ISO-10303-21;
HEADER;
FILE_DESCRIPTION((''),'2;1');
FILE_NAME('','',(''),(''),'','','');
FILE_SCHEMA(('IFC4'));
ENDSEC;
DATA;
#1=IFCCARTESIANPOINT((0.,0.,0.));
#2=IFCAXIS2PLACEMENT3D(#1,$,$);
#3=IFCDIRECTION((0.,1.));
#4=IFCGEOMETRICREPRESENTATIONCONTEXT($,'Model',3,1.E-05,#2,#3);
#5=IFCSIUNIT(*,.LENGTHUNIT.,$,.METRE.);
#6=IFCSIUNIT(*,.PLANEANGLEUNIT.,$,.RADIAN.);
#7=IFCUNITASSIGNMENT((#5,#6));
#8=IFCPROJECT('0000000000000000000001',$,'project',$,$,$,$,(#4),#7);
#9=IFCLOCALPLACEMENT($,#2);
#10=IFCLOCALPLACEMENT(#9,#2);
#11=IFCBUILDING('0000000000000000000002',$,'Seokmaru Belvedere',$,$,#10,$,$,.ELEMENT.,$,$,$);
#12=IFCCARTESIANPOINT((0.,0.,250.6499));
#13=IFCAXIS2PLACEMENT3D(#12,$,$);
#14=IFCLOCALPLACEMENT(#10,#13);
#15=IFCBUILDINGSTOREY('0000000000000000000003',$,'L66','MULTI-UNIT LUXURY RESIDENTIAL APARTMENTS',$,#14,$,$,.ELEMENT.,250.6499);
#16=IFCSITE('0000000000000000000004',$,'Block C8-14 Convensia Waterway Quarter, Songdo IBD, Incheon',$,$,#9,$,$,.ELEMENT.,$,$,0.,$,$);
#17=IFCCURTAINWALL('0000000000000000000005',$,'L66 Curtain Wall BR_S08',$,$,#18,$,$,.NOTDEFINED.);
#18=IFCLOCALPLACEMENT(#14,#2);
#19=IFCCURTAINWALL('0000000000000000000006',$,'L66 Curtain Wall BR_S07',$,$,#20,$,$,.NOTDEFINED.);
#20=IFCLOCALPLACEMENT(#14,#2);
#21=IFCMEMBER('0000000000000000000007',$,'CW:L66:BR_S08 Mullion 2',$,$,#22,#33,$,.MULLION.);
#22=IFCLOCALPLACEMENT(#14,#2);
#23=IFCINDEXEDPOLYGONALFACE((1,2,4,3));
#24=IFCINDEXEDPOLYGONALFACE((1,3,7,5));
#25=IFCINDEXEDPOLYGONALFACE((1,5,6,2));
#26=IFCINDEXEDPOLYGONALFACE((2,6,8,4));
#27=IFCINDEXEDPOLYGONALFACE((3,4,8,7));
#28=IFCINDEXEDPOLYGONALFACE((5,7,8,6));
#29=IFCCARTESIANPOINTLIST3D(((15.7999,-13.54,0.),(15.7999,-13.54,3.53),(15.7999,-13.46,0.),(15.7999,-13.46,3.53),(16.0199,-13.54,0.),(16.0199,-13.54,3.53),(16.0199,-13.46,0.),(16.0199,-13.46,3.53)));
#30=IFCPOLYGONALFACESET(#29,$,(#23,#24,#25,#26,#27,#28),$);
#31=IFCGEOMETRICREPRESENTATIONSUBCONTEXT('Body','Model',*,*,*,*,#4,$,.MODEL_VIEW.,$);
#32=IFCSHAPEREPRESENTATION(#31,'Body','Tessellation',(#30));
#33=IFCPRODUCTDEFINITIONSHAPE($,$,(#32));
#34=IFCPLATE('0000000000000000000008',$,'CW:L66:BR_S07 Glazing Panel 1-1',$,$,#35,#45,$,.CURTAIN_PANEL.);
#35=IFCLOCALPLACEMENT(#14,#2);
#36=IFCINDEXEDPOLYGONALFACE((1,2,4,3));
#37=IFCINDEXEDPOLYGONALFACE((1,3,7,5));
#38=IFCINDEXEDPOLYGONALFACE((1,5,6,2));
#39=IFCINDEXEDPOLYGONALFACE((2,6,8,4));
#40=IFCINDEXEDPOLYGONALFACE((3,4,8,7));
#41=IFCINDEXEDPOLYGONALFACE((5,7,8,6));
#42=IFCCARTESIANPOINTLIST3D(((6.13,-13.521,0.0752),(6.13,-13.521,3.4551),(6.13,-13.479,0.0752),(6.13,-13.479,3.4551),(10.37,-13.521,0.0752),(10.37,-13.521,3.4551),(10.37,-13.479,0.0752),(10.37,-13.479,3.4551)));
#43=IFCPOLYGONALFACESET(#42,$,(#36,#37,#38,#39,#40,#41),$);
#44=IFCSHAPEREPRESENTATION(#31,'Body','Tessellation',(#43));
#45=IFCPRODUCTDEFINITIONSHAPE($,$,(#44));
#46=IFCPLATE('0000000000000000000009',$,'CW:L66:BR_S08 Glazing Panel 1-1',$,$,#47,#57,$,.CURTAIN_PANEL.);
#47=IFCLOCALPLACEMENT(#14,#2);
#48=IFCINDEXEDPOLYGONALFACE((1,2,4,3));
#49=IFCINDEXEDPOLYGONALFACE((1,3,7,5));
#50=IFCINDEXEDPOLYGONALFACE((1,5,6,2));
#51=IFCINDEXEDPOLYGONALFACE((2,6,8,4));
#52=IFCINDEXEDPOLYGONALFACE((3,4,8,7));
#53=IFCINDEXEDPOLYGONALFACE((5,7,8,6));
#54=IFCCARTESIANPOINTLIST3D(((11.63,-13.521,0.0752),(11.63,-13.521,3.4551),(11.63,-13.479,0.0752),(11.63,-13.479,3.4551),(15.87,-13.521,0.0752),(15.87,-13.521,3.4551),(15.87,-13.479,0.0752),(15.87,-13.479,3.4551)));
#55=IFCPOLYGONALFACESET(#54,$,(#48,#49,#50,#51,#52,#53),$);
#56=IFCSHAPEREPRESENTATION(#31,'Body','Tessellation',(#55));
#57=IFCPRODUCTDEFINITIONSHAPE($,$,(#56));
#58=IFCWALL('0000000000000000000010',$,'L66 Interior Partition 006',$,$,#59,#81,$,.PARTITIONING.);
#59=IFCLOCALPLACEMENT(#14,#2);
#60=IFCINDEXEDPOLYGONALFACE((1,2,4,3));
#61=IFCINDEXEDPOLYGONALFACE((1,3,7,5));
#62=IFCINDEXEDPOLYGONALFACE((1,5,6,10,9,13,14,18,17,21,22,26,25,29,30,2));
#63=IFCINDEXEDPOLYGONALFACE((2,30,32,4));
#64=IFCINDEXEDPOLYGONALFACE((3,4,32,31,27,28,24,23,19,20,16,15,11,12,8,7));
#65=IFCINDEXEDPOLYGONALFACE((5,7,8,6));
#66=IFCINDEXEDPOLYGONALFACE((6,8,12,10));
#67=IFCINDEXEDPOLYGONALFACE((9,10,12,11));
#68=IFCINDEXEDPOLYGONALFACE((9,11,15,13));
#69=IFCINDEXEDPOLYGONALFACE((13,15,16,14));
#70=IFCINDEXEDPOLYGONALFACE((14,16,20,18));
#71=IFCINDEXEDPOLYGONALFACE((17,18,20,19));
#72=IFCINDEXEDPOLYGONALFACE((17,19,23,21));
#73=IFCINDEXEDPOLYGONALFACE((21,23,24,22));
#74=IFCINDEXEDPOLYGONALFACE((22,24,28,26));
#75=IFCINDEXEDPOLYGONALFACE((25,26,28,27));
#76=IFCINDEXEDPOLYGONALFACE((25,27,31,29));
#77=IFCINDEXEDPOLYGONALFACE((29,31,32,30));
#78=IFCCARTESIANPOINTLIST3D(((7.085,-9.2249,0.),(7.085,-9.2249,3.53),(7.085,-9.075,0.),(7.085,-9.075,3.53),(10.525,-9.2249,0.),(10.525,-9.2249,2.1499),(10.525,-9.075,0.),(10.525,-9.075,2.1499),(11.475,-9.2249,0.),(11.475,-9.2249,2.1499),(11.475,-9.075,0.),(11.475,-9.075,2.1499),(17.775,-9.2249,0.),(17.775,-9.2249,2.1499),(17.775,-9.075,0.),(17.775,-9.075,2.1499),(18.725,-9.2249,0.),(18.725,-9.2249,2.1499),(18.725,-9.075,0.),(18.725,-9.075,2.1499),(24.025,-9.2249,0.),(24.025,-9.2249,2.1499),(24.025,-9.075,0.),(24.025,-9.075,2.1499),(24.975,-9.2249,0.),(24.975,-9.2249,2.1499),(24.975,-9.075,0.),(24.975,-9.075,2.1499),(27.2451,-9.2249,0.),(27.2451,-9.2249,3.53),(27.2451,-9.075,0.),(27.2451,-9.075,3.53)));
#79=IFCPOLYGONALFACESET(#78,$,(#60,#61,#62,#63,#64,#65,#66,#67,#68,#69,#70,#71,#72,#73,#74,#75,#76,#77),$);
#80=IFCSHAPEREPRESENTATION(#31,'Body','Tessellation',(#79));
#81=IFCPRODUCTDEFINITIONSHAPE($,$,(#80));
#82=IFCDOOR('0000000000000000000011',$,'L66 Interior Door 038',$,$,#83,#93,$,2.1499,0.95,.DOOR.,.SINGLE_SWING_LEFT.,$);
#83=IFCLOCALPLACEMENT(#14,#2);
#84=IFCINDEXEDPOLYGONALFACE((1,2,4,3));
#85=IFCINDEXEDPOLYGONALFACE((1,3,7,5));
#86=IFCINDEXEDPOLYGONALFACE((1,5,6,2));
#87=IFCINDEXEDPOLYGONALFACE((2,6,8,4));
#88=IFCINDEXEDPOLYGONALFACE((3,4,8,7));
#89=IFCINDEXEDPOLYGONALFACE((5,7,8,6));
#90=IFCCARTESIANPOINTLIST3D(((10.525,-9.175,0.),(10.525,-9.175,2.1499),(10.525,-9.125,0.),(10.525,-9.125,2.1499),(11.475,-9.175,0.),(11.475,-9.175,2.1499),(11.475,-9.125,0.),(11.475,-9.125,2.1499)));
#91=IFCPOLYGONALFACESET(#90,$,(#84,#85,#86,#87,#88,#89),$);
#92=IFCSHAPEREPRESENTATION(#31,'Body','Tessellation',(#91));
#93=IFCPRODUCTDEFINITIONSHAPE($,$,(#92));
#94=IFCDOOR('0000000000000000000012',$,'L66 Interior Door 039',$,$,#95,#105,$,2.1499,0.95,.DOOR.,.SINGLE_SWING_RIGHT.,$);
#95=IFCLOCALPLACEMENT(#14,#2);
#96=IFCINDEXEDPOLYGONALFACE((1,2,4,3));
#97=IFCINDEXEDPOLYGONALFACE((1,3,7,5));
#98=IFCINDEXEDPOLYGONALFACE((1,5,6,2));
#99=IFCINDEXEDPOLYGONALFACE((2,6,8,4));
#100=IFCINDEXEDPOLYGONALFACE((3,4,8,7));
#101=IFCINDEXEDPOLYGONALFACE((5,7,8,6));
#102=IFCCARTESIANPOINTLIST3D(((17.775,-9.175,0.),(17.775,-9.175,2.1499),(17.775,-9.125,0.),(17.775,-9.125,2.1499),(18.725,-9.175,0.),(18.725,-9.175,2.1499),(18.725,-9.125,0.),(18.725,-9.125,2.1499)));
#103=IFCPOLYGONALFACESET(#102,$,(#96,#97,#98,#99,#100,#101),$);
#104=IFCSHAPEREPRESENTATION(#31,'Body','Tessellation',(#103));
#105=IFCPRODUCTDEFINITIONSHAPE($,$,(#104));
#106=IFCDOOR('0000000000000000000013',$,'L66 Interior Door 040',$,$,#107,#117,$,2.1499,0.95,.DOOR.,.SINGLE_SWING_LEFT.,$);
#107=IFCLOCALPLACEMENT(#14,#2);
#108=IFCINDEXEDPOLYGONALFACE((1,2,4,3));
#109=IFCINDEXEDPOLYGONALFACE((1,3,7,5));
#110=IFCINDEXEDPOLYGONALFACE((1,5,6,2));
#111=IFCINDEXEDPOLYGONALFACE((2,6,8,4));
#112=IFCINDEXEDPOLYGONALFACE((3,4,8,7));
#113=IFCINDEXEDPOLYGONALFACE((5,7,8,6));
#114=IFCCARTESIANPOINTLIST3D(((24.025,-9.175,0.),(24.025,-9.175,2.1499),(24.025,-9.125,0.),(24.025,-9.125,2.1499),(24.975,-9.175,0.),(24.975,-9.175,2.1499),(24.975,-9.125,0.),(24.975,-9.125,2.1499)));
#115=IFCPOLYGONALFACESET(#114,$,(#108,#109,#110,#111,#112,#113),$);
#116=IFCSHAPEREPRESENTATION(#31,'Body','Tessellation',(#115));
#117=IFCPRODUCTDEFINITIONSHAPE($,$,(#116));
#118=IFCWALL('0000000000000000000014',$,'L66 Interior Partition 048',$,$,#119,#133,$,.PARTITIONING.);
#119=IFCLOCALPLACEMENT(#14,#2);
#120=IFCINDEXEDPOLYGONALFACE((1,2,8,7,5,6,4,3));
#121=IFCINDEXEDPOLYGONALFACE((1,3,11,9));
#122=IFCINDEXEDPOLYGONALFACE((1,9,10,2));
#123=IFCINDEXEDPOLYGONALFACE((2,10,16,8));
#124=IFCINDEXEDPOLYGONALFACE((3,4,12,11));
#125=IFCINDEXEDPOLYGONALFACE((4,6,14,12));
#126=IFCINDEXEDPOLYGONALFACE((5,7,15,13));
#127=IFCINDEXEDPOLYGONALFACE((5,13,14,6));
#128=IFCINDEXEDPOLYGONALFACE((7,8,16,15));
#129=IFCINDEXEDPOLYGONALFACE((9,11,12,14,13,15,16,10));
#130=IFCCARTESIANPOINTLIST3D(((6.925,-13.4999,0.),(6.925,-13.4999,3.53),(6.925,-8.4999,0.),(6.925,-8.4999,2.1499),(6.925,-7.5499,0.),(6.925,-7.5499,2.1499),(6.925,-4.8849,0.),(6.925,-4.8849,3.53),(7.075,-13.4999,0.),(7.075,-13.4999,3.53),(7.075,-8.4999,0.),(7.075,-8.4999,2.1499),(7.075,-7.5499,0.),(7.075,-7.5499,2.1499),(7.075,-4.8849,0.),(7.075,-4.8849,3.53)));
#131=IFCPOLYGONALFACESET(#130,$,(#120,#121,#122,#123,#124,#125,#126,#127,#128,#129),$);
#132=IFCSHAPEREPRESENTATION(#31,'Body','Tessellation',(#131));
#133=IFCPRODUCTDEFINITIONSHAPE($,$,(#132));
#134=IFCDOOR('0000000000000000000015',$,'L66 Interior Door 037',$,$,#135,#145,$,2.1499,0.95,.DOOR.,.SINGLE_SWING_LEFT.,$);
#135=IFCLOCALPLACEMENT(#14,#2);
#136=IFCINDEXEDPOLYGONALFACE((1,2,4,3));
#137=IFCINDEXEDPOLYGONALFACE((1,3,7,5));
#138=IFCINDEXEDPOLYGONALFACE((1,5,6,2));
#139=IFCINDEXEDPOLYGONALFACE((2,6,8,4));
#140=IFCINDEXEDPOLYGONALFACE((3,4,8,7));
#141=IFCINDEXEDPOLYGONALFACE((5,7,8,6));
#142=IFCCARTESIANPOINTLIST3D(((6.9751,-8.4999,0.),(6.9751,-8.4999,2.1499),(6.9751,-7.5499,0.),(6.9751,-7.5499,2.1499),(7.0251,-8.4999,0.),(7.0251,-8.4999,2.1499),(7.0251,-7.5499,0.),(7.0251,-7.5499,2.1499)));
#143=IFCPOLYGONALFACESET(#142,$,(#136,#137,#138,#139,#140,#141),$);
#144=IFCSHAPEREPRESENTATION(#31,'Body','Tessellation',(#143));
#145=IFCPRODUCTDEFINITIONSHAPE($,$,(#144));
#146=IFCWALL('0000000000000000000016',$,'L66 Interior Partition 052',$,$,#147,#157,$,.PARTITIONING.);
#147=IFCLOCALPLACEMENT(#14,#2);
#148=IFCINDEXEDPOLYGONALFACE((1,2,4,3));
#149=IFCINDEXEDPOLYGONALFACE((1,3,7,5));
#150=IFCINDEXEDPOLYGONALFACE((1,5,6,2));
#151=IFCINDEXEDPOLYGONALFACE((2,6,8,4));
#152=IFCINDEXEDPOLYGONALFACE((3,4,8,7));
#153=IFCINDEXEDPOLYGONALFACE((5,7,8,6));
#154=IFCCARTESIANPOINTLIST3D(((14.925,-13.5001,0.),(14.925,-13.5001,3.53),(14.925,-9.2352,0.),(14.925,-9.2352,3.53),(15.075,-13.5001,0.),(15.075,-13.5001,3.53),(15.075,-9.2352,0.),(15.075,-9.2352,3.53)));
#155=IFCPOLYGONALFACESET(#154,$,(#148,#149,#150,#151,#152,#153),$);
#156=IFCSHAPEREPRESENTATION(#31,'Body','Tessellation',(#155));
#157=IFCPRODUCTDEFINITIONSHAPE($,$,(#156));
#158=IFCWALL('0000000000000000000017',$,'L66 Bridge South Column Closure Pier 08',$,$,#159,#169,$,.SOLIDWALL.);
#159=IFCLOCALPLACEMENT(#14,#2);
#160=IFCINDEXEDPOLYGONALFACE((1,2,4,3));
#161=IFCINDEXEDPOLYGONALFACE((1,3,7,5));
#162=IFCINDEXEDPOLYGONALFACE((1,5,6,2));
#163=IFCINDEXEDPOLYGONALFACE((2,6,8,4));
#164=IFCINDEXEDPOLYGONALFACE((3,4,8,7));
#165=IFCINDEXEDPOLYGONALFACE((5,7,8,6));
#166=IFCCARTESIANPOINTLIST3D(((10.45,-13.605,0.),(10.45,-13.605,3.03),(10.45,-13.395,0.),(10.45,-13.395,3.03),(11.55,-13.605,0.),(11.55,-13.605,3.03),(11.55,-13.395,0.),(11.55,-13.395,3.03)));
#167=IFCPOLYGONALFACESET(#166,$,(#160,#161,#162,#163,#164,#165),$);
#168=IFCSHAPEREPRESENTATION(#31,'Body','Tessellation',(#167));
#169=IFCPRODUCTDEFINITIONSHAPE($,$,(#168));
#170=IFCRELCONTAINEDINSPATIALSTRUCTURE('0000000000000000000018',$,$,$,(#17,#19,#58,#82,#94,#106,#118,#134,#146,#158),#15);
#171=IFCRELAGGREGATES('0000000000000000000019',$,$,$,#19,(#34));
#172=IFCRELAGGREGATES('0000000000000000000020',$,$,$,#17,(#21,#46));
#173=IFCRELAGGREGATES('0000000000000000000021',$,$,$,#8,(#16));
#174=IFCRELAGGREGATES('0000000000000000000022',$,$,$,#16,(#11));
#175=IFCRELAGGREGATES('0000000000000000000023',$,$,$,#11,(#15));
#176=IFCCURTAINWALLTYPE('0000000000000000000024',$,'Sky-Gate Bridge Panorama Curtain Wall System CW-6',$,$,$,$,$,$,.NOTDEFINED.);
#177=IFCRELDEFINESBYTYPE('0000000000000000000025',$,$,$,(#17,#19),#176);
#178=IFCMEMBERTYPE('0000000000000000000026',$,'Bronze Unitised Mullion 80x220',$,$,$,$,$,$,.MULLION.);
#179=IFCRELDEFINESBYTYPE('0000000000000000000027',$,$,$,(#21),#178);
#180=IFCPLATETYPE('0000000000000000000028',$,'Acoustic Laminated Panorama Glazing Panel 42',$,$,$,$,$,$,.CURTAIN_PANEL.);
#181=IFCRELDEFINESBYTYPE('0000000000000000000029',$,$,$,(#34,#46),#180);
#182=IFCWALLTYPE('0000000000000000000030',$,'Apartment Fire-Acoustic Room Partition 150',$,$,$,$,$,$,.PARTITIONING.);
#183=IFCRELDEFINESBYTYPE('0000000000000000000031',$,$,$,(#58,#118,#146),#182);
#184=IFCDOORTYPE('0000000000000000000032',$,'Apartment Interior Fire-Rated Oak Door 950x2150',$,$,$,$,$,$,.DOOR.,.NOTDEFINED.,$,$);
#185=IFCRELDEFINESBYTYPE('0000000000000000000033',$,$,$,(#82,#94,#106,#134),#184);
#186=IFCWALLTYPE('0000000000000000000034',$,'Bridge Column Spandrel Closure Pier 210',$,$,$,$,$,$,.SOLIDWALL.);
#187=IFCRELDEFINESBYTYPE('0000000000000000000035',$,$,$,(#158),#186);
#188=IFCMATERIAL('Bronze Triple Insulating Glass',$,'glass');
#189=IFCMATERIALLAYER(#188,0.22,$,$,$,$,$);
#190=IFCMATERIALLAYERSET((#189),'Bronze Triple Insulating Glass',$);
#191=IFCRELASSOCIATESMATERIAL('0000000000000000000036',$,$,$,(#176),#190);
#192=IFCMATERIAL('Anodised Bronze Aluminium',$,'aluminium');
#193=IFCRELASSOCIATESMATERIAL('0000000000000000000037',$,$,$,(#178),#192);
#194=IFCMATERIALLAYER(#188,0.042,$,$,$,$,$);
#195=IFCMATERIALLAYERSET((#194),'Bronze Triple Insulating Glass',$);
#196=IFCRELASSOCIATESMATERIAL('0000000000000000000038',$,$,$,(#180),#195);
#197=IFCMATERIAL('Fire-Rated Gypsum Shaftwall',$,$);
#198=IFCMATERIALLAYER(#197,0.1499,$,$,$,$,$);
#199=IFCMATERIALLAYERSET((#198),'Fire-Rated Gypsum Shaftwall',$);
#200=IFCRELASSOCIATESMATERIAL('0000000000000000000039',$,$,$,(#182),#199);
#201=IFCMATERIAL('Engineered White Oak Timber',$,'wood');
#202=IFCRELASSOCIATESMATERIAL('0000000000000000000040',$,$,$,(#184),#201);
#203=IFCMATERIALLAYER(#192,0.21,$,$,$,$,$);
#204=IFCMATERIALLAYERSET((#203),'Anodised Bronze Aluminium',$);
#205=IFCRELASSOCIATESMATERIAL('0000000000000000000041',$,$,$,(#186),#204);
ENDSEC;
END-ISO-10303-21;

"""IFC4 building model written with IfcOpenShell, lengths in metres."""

from ifc_helpers import new_model, si_unit, direction, frame, frame_2d, origin, origin_2d, place, context, subcontext, project, spatial, rectangle, extrude, source, transform, mapped, material, layer, layer_set, material_profile, profile_set, type_object, type_shapes, element, fill, aggregate, save


model = new_model("IFC4")

# Units and contexts
model_context = context("Model", 3, precision=1e-05, world=origin(), true_north=direction((0.0, 1.0)))
body_context = subcontext(model_context, "Body", "Model", "MODEL_VIEW")
ifc_project = project(units=[si_unit("LENGTHUNIT", "METRE"), si_unit("PLANEANGLEUNIT", "RADIAN")], contexts=[model_context])

# Site, building, storey
site_placement = place(None, origin())
site = spatial("IfcSite", under=ifc_project, at=site_placement, Name="Block C8-14 Convensia Waterway Quarter, Songdo IBD, Incheon", CompositionType="ELEMENT", RefElevation=0.0)
building_placement = place(site_placement, origin())
building = spatial("IfcBuilding", under=site, at=building_placement, Name="Seokmaru Belvedere", CompositionType="ELEMENT")
storey_placement = place(building_placement, frame((0.0, 0.0, 250.6499)))
storey = spatial("IfcBuildingStorey", under=building, at=storey_placement, Name="L66", Description="MULTI-UNIT LUXURY RESIDENTIAL APARTMENTS", CompositionType="ELEMENT", Elevation=250.6499)

# Curtain wall
ifc_material_1 = material(Name="Bronze Triple Insulating Glass", Category="glass")
ifc_layer_1 = layer(ifc_material_1, 0.22)
ifc_layer_set_1 = layer_set([ifc_layer_1], Name="Bronze Triple Insulating Glass")
curtain_wall_type = type_object("IfcCurtainWallType", Name="Sky-Gate Bridge Panorama Curtain Wall System CW-6", PredefinedType="NOTDEFINED", material=ifc_layer_set_1)
curtain_wall_1_placement = place(storey_placement, origin())
curtain_wall_1 = element("IfcCurtainWall", 1, at=curtain_wall_1_placement, inside=storey, type_object=curtain_wall_type, Name="L66 Curtain Wall BR_S08", PredefinedType="NOTDEFINED")
ifc_material_2 = material(Name="Anodised Bronze Aluminium", Category="aluminium")

# Curtain wall
curtain_wall_2_placement = place(storey_placement, origin())
curtain_wall_2 = element("IfcCurtainWall", 2, at=curtain_wall_2_placement, inside=storey, type_object=curtain_wall_type, Name="L66 Curtain Wall BR_S07", PredefinedType="NOTDEFINED")
ifc_material_profile_1 = material_profile(ifc_material_2, rectangle(XDim=0.0801, YDim=0.22, at=origin_2d()), Name="CW-M-80x220")
ifc_profile_set_1 = profile_set([ifc_material_profile_1], Name="Anodised Bronze Aluminium")
member_type_1 = type_object("IfcMemberType", Name="Bronze Unitised Mullion 80x220", PredefinedType="MULLION", material=ifc_profile_set_1)
shared_shape_1 = source(origin(), body_context, "Body", "SweptSolid", [
    extrude(rectangle(XDim=0.0801, YDim=0.22, at=origin_2d()), origin(), (0.0, 0.0, 1.0), 3.53),
])
type_shapes(member_type_1, [shared_shape_1])

# Member
member_1_placement = place(storey_placement, frame((15.9099, -13.5, 0.0), z_axis=(0.0, 0.0, 1.0), x_axis=(0.0, 1.0, 0.0)))
member_1 = element("IfcMember", 3, at=member_1_placement, type_object=member_type_1, Name="CW:L66:BR_S08 Mullion 2", PredefinedType="MULLION", context=body_context, shape_type="MappedRepresentation", body=[
    mapped(shared_shape_1, transform((0.0, 0.0, 0.0), scale=1.0)),
])

# Plates
ifc_layer_2 = layer(ifc_material_1, 0.042)
ifc_layer_set_2 = layer_set([ifc_layer_2], Name="Bronze Triple Insulating Glass")
plate_type = type_object("IfcPlateType", Name="Acoustic Laminated Panorama Glazing Panel 42", PredefinedType="CURTAIN_PANEL", material=ifc_layer_set_2)
shared_shape_2 = source(origin(), body_context, "Body", "SweptSolid", [
    extrude(rectangle(XDim=4.24, YDim=0.042, at=origin_2d()), origin(), (0.0, 0.0, 1.0), 3.3799),
])
type_shapes(plate_type, [shared_shape_2])
plate_1_placement = place(storey_placement, frame((8.25, -13.5, 0.0752), z_axis=(0.0, 0.0, 1.0), x_axis=(1.0, 0.0, 0.0)))
plate_1 = element("IfcPlate", 4, at=plate_1_placement, type_object=plate_type, Name="CW:L66:BR_S07 Glazing Panel 1-1", PredefinedType="CURTAIN_PANEL", context=body_context, shape_type="MappedRepresentation", body=[
    mapped(shared_shape_2, transform((0.0, 0.0, 0.0), scale=1.0)),
])
aggregate(curtain_wall_2, [plate_1])
plate_2_placement = place(storey_placement, frame((13.75, -13.5, 0.0752), z_axis=(0.0, 0.0, 1.0), x_axis=(1.0, 0.0, 0.0)))
plate_2 = element("IfcPlate", 5, at=plate_2_placement, type_object=plate_type, Name="CW:L66:BR_S08 Glazing Panel 1-1", PredefinedType="CURTAIN_PANEL", context=body_context, shape_type="MappedRepresentation", body=[
    mapped(shared_shape_2, transform((0.0, 0.0, 0.0), scale=1.0)),
])
aggregate(curtain_wall_1, [member_1, plate_2])

# Wall, openings, doors
ifc_material_3 = material(Name="Fire-Rated Gypsum Shaftwall")
ifc_layer_3 = layer(ifc_material_3, 0.1499)
ifc_layer_set_3 = layer_set([ifc_layer_3], Name="Fire-Rated Gypsum Shaftwall")
wall_type_1 = type_object("IfcWallType", Name="Apartment Fire-Acoustic Room Partition 150", PredefinedType="PARTITIONING", material=ifc_layer_set_3)
wall_1_placement = place(storey_placement, frame((7.085, -9.1499, 0.0), z_axis=(0.0, 0.0, 1.0), x_axis=(1.0, 0.0, 0.0)))
wall_1 = element("IfcWall", 6, at=wall_1_placement, inside=storey, type_object=wall_type_1, Name="L66 Interior Partition 006", PredefinedType="PARTITIONING", context=body_context, shape_type="SweptSolid", body=[
    extrude(rectangle(XDim=20.1602, YDim=0.1499, at=frame_2d((10.0801, 0.0))), origin(), (0.0, 0.0, 1.0), 3.53),
])
opening_1_placement = place(wall_1_placement, frame((3.4399, 0.0, 0.0)))
opening_1 = element("IfcOpeningElement", 7, at=opening_1_placement, cuts=wall_1, PredefinedType="OPENING", context=body_context, shape_type="SweptSolid", body=[
    extrude(rectangle(XDim=0.95, YDim=2.1499, at=frame_2d((0.4751, 1.075))), frame((0.0, 0.085, 0.0), z_axis=(0.0, -1.0, 0.0), x_axis=(1.0, 0.0, 0.0)), (0.0, 0.0, 1.0), 0.1699),
])
opening_2_placement = place(wall_1_placement, frame((10.6899, 0.0, 0.0)))
opening_2 = element("IfcOpeningElement", 8, at=opening_2_placement, cuts=wall_1, PredefinedType="OPENING", context=body_context, shape_type="SweptSolid", body=[
    extrude(rectangle(XDim=0.95, YDim=2.1499, at=frame_2d((0.4751, 1.075))), frame((0.0, 0.085, 0.0), z_axis=(0.0, -1.0, 0.0), x_axis=(1.0, 0.0, 0.0)), (0.0, 0.0, 1.0), 0.1699),
])
opening_3_placement = place(wall_1_placement, frame((16.9399, 0.0, 0.0)))
opening_3 = element("IfcOpeningElement", 9, at=opening_3_placement, cuts=wall_1, PredefinedType="OPENING", context=body_context, shape_type="SweptSolid", body=[
    extrude(rectangle(XDim=0.95, YDim=2.1499, at=frame_2d((0.4751, 1.075))), frame((0.0, 0.085, 0.0), z_axis=(0.0, -1.0, 0.0), x_axis=(1.0, 0.0, 0.0)), (0.0, 0.0, 1.0), 0.1699),
])
ifc_material_4 = material(Name="Engineered White Oak Timber", Category="wood")
door_type_1 = type_object("IfcDoorType", Name="Apartment Interior Fire-Rated Oak Door 950x2150", OperationType="NOTDEFINED", PredefinedType="DOOR", material=ifc_material_4)
shared_shape_3 = source(origin(), body_context, "Body", "SweptSolid", [
    extrude(rectangle(XDim=0.95, YDim=2.1499, at=frame_2d((0.4751, 1.075))), frame((0.0, 0.0249, 0.0), z_axis=(0.0, -1.0, 0.0), x_axis=(1.0, 0.0, 0.0)), (0.0, 0.0, 1.0), 0.05),
])
type_shapes(door_type_1, [shared_shape_3])
door_1_placement = place(opening_1_placement, origin())
door_1 = element("IfcDoor", 10, at=door_1_placement, inside=storey, type_object=door_type_1, Name="L66 Interior Door 038", OperationType="SINGLE_SWING_LEFT", OverallHeight=2.1499, OverallWidth=0.95, PredefinedType="DOOR", context=body_context, shape_type="MappedRepresentation", body=[
    mapped(shared_shape_3, transform((0.0, 0.0, 0.0), scale=1.0)),
])
fill(opening_1, door_1)
door_2_placement = place(opening_2_placement, origin())
door_2 = element("IfcDoor", 11, at=door_2_placement, inside=storey, type_object=door_type_1, Name="L66 Interior Door 039", OperationType="SINGLE_SWING_RIGHT", OverallHeight=2.1499, OverallWidth=0.95, PredefinedType="DOOR", context=body_context, shape_type="MappedRepresentation", body=[
    mapped(shared_shape_3, transform((0.0, 0.0, 0.0), scale=1.0)),
])
fill(opening_2, door_2)
door_3_placement = place(opening_3_placement, origin())
door_3 = element("IfcDoor", 12, at=door_3_placement, inside=storey, type_object=door_type_1, Name="L66 Interior Door 040", OperationType="SINGLE_SWING_LEFT", OverallHeight=2.1499, OverallWidth=0.95, PredefinedType="DOOR", context=body_context, shape_type="MappedRepresentation", body=[
    mapped(shared_shape_3, transform((0.0, 0.0, 0.0), scale=1.0)),
])
fill(opening_3, door_3)

# Wall, opening, door
wall_2_placement = place(storey_placement, frame((7.0, -13.5, 0.0), z_axis=(0.0, 0.0, 1.0), x_axis=(0.0, 1.0, 0.0)))
wall_2 = element("IfcWall", 13, at=wall_2_placement, inside=storey, type_object=wall_type_1, Name="L66 Interior Partition 048", PredefinedType="PARTITIONING", context=body_context, shape_type="SweptSolid", body=[
    extrude(rectangle(XDim=8.615, YDim=0.1499, at=frame_2d((4.3076, 0.0))), origin(), (0.0, 0.0, 1.0), 3.53),
])
opening_4_placement = place(wall_2_placement, frame((5.0, 0.0, 0.0)))
opening_4 = element("IfcOpeningElement", 14, at=opening_4_placement, cuts=wall_2, PredefinedType="OPENING", context=body_context, shape_type="SweptSolid", body=[
    extrude(rectangle(XDim=0.95, YDim=2.1499, at=frame_2d((0.4751, 1.075))), frame((0.0, 0.085, 0.0), z_axis=(0.0, -1.0, 0.0), x_axis=(1.0, 0.0, 0.0)), (0.0, 0.0, 1.0), 0.1699),
])
door_4_placement = place(opening_4_placement, origin())
door_4 = element("IfcDoor", 15, at=door_4_placement, inside=storey, type_object=door_type_1, Name="L66 Interior Door 037", OperationType="SINGLE_SWING_LEFT", OverallHeight=2.1499, OverallWidth=0.95, PredefinedType="DOOR", context=body_context, shape_type="MappedRepresentation", body=[
    mapped(shared_shape_3, transform((0.0, 0.0, 0.0), scale=1.0)),
])
fill(opening_4, door_4)

# Walls
wall_3_placement = place(storey_placement, frame((15.0, -13.5, 0.0), z_axis=(0.0, 0.0, 1.0), x_axis=(0.0, 1.0, 0.0)))
element("IfcWall", 16, at=wall_3_placement, inside=storey, type_object=wall_type_1, Name="L66 Interior Partition 052", PredefinedType="PARTITIONING", context=body_context, shape_type="SweptSolid", body=[
    extrude(rectangle(XDim=4.2649, YDim=0.1499, at=frame_2d((2.1323, 0.0))), origin(), (0.0, 0.0, 1.0), 3.53),
])
ifc_layer_4 = layer(ifc_material_2, 0.21)
ifc_layer_set_4 = layer_set([ifc_layer_4], Name="Anodised Bronze Aluminium")
wall_type_2 = type_object("IfcWallType", Name="Bridge Column Spandrel Closure Pier 210", PredefinedType="SOLIDWALL", material=ifc_layer_set_4)
for number, where, z_axis, x_axis, name in (
    (17, (10.45, -13.5, 0.0), (0.0, 0.0, 1.0), (1.0, 0.0, 0.0), "L66 Bridge South Column Closure Pier 08"),
):
    element("IfcWall", number, at=place(storey_placement, frame(where, z_axis=z_axis, x_axis=x_axis)), inside=storey, type_object=wall_type_2, Name=name, PredefinedType="SOLIDWALL", context=body_context, shape_type="SweptSolid", body=[
        extrude(rectangle(XDim=1.1001, YDim=0.21, at=frame_2d((0.55, 0.0))), origin(), (0.0, 0.0, 1.0), 3.03),
    ])

save(model, "model.ifc")
